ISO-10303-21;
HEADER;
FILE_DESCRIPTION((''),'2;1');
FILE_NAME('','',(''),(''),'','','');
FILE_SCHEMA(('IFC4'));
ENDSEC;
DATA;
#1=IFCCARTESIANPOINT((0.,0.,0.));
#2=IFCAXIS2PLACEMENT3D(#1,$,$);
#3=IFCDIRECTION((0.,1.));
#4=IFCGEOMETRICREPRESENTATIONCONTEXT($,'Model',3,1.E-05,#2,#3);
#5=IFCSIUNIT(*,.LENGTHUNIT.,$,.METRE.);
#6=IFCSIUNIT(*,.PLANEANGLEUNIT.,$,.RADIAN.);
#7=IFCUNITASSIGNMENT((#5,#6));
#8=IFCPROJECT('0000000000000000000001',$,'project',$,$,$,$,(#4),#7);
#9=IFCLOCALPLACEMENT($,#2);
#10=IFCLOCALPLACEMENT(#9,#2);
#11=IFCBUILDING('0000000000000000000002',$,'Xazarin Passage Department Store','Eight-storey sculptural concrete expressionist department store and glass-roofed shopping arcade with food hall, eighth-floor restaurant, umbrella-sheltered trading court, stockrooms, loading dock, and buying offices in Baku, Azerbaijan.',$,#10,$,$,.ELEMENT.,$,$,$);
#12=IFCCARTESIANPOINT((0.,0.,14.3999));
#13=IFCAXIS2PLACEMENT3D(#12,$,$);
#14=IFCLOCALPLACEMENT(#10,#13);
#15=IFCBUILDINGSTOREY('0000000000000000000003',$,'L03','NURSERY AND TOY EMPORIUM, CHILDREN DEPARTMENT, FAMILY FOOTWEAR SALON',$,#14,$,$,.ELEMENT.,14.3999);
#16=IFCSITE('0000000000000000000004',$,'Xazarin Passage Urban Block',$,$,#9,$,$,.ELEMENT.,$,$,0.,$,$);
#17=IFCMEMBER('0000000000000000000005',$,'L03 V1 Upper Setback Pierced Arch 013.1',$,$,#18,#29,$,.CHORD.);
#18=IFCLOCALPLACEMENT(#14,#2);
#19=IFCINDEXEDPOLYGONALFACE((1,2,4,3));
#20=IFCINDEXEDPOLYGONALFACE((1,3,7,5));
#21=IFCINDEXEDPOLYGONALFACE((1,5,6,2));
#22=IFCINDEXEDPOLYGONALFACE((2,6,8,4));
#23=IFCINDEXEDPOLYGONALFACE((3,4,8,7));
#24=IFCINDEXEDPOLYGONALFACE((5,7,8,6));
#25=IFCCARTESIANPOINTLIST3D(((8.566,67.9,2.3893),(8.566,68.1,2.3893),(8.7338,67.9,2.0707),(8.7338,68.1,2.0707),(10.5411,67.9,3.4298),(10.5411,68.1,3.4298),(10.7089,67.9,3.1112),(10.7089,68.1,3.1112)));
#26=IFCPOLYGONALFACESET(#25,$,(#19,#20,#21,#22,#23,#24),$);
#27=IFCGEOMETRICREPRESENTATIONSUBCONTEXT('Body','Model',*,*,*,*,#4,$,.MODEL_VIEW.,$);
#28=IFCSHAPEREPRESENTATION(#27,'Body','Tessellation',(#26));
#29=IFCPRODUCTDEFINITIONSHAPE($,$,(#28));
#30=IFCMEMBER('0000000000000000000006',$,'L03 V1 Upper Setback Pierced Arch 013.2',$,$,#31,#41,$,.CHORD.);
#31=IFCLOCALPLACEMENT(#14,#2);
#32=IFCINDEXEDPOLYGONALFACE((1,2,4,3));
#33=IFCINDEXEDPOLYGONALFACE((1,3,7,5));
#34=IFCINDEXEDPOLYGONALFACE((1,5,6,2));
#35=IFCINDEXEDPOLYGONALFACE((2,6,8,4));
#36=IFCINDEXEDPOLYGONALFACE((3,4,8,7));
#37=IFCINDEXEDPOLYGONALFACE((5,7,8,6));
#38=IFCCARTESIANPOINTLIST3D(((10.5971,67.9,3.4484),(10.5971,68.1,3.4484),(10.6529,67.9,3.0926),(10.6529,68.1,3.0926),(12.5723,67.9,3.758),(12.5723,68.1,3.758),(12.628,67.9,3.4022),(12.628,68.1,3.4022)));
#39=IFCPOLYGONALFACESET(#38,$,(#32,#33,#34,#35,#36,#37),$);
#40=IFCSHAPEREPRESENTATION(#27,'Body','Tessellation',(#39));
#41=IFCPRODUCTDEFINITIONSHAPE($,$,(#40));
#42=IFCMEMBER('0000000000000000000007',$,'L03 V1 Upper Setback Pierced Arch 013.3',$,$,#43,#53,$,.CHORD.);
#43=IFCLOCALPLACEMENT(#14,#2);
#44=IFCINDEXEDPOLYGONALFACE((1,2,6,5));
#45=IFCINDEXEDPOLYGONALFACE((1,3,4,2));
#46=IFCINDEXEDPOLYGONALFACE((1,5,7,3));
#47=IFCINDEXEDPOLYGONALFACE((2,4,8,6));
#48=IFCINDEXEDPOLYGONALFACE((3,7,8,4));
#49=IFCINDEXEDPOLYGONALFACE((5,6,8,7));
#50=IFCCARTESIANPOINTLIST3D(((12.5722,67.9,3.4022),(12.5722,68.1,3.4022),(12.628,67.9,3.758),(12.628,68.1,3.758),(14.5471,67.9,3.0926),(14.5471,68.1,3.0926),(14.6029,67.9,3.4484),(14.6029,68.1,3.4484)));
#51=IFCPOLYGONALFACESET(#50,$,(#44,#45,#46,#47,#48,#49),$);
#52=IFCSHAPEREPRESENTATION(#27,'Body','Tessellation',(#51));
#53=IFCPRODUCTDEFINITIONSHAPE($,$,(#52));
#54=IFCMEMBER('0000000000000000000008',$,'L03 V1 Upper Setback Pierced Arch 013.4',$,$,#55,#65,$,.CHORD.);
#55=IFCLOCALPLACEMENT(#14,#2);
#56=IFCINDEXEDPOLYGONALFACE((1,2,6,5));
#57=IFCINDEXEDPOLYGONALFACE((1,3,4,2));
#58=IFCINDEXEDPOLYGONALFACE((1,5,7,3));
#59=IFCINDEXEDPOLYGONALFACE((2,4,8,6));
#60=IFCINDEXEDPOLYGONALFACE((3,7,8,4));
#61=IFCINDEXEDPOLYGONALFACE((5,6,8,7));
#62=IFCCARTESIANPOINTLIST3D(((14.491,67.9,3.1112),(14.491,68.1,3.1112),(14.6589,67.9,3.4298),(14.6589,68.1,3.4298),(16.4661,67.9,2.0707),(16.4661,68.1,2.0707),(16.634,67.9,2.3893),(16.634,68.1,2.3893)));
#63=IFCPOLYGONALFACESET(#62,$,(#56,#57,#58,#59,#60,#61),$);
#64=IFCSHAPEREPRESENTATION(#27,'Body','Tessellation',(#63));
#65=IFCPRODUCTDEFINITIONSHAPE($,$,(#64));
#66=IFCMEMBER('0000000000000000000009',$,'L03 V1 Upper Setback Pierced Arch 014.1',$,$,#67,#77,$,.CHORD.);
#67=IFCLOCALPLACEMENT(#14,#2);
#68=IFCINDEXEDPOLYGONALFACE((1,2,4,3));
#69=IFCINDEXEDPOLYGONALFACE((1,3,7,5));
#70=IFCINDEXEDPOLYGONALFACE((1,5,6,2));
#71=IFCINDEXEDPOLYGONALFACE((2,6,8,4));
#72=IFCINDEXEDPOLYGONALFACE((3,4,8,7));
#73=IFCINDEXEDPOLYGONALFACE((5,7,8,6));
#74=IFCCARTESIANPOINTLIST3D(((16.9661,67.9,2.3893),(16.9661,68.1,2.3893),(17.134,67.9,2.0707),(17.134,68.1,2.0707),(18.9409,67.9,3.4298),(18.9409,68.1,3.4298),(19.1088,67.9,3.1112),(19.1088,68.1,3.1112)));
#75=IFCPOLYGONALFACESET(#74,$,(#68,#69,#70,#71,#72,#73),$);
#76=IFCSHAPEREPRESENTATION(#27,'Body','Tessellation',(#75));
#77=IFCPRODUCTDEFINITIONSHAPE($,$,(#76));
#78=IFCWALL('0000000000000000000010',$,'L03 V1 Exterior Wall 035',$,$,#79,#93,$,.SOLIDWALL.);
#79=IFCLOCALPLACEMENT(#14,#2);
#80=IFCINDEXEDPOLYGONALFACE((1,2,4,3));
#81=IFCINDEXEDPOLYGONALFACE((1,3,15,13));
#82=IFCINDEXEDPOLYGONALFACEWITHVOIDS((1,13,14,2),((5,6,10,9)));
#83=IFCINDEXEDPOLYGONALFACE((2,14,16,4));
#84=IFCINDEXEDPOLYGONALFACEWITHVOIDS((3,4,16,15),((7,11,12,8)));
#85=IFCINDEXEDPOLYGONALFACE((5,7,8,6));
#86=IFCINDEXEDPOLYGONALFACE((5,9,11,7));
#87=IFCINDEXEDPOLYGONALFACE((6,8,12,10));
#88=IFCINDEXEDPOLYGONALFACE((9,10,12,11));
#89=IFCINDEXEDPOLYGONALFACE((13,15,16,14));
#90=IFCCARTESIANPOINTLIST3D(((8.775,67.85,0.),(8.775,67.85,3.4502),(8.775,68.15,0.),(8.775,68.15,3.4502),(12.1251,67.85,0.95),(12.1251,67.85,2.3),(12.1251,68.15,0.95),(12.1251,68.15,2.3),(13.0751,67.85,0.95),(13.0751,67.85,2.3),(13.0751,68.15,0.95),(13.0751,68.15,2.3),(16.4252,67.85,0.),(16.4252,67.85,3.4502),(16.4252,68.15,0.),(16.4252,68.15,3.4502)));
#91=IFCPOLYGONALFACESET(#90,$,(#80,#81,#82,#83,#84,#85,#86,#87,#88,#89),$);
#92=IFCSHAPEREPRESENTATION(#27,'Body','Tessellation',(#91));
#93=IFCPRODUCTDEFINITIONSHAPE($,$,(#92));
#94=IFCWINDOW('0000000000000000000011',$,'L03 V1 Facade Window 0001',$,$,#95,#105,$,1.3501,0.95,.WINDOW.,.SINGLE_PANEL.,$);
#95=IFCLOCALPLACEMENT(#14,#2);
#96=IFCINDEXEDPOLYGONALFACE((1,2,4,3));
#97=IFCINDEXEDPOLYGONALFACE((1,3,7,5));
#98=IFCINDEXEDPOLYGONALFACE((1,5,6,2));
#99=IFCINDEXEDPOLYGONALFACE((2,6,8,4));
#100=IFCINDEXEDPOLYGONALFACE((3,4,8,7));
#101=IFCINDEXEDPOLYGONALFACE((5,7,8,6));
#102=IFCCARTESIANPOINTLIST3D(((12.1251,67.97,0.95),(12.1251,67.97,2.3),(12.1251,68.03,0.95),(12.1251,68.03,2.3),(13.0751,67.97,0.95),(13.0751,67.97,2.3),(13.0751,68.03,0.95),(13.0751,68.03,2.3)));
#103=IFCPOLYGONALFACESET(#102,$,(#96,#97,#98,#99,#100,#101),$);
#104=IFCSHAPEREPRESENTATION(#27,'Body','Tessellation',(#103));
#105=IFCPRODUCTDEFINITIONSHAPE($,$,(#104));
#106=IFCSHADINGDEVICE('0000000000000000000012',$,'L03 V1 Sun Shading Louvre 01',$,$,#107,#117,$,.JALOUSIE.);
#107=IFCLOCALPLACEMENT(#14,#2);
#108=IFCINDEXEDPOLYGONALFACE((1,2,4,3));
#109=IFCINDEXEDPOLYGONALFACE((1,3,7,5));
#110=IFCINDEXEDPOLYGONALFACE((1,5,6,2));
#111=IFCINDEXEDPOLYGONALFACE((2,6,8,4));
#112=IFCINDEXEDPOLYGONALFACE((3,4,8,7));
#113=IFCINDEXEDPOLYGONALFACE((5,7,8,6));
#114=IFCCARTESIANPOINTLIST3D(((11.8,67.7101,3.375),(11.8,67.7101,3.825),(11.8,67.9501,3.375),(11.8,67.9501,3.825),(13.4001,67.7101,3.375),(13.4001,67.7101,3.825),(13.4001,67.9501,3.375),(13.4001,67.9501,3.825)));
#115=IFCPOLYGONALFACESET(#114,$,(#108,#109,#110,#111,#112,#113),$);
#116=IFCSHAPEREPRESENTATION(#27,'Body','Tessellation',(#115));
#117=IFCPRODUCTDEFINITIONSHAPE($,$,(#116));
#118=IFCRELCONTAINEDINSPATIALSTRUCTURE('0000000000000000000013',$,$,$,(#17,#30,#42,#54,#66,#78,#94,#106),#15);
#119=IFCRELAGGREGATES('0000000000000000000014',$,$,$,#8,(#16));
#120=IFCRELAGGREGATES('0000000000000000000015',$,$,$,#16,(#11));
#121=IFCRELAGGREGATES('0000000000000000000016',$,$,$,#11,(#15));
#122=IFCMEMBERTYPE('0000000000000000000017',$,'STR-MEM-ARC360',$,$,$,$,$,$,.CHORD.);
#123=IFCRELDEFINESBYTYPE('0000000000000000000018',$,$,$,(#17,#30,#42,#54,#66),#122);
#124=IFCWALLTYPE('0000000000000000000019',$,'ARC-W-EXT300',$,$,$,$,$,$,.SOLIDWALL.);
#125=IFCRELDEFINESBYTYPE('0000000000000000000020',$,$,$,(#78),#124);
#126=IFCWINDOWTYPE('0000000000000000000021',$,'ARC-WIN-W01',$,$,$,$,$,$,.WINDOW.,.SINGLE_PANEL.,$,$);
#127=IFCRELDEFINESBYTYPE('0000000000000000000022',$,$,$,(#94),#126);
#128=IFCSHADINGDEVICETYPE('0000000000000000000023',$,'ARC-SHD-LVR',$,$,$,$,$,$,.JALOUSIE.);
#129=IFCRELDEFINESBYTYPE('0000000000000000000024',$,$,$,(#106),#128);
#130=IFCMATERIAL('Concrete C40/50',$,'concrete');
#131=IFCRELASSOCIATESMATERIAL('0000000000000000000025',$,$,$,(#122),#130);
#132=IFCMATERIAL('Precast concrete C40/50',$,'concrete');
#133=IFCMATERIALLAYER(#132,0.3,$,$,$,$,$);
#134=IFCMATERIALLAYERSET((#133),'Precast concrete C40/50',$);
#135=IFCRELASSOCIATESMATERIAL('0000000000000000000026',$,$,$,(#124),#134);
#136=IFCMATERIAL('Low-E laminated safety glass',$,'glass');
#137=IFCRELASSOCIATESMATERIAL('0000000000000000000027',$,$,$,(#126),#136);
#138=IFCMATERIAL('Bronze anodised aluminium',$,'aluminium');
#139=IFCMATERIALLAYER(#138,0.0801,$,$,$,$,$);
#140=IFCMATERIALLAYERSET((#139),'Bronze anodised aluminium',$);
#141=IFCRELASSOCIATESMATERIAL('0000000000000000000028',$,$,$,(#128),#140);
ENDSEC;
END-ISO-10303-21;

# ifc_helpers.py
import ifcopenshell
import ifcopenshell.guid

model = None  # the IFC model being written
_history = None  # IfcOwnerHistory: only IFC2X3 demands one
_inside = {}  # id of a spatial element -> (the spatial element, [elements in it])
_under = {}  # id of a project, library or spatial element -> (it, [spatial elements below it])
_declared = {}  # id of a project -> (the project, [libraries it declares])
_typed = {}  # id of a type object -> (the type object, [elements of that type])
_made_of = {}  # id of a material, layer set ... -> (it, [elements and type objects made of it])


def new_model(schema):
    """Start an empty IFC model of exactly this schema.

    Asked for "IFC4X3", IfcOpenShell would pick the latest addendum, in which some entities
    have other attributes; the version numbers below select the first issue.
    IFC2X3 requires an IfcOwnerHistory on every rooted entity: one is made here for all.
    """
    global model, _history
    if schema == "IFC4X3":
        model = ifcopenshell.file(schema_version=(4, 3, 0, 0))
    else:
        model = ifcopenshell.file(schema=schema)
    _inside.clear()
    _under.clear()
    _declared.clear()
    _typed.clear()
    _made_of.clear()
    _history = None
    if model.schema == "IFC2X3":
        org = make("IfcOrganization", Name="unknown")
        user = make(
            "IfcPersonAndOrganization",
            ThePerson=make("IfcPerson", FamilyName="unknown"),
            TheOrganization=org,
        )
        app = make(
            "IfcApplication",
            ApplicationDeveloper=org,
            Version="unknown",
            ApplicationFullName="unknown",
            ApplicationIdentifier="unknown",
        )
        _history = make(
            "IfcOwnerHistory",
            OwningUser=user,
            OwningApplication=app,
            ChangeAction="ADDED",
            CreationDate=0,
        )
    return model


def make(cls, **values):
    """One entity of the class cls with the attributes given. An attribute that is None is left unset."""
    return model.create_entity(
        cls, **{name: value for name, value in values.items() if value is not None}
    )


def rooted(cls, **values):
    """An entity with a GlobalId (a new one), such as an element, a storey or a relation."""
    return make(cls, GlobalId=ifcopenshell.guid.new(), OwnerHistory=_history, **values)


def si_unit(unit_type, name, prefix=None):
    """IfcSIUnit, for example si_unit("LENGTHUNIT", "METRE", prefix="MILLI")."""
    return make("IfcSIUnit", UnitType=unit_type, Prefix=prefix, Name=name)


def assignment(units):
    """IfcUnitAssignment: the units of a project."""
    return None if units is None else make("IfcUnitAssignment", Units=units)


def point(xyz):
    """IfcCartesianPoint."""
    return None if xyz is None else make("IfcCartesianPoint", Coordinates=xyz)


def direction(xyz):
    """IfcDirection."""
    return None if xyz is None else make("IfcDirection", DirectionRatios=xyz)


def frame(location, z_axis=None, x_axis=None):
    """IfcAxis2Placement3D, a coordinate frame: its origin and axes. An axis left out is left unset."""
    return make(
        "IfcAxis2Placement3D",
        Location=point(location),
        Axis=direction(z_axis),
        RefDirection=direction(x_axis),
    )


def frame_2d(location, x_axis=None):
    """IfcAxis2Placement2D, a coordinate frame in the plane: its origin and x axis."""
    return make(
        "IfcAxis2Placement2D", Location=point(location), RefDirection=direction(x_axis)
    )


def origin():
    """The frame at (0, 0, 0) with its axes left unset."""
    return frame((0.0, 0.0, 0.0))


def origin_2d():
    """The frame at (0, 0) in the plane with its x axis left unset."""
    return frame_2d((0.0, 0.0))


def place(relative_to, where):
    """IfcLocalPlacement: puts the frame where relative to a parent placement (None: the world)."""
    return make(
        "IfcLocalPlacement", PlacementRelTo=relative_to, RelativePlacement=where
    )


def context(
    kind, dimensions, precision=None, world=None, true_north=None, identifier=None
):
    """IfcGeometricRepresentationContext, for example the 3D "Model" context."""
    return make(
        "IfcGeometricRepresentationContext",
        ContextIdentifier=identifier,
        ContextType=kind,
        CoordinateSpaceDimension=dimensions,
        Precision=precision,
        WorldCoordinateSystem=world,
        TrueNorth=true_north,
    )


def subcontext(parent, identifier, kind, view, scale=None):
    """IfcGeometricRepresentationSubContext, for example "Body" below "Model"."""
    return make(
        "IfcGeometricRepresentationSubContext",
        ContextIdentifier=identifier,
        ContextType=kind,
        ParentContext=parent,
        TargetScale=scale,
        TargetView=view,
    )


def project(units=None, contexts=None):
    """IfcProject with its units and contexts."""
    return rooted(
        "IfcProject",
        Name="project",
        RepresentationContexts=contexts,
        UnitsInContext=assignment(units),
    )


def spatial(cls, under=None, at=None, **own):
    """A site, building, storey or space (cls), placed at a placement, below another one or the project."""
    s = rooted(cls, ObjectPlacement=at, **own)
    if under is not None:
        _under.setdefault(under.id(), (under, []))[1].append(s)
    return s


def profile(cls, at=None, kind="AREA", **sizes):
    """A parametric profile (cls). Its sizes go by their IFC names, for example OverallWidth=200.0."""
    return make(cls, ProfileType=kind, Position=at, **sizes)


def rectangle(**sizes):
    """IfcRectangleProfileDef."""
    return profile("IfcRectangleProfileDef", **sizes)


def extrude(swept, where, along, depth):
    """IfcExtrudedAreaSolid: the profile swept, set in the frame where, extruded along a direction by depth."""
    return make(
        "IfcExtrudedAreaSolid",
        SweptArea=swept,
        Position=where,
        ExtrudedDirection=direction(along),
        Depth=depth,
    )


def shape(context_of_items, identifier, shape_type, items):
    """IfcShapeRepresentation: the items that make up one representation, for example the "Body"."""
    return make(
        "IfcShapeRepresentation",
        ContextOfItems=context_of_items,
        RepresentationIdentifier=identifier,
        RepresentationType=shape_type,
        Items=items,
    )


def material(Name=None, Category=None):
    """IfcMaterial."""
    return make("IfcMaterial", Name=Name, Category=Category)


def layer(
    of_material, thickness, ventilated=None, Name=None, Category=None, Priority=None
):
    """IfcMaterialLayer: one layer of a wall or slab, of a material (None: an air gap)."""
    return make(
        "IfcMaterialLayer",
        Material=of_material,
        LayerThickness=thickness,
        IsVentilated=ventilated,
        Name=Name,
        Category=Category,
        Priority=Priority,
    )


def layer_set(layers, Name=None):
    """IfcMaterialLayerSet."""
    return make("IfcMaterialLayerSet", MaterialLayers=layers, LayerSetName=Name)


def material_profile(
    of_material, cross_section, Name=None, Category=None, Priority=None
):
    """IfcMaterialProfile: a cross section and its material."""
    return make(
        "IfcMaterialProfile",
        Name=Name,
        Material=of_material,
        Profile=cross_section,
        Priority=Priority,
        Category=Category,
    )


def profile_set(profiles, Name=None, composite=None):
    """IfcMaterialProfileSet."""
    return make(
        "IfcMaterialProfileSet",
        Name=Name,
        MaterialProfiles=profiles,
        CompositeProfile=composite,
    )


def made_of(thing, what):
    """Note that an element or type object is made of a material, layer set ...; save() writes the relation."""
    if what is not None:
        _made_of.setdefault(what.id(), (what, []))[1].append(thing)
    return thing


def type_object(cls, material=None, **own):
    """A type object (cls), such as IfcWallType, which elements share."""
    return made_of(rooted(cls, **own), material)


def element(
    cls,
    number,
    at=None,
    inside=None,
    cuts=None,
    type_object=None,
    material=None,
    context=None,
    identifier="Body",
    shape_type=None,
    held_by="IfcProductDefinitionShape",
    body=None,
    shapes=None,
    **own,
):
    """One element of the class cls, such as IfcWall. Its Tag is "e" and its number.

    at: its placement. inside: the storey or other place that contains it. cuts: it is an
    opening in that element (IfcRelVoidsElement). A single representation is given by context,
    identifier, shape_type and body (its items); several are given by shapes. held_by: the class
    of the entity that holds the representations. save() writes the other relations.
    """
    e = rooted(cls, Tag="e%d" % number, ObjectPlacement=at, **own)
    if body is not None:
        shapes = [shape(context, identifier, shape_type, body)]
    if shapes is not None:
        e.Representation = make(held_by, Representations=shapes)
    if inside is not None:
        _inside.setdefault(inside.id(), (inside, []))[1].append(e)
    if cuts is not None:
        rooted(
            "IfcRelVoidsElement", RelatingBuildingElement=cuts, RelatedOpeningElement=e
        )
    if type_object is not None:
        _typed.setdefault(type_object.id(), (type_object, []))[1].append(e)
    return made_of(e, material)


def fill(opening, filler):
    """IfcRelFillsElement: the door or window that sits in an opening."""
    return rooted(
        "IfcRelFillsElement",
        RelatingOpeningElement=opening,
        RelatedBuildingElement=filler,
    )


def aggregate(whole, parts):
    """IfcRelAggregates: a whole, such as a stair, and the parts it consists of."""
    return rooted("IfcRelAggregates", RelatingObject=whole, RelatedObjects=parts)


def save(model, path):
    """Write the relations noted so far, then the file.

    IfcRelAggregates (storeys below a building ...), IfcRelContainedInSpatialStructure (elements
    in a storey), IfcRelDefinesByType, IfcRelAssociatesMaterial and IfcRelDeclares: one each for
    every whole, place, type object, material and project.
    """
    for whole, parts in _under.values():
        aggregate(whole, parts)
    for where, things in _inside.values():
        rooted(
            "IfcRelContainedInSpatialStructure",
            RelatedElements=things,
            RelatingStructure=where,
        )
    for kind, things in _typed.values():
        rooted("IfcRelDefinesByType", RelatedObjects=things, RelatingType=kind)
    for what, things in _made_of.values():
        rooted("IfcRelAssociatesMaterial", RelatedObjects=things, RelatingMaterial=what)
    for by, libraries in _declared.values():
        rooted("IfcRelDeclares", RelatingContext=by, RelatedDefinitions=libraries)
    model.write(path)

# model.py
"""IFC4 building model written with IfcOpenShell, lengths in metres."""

from ifc_helpers import new_model, si_unit, direction, frame, frame_2d, origin, origin_2d, place, context, subcontext, project, spatial, rectangle, extrude, material, layer, layer_set, material_profile, profile_set, type_object, element, fill, save


model = new_model("IFC4")

# Units and contexts
model_context = context("Model", 3, precision=1e-05, world=origin(), true_north=direction((0.0, 1.0)))
body_context = subcontext(model_context, "Body", "Model", "MODEL_VIEW")
ifc_project = project(units=[si_unit("LENGTHUNIT", "METRE"), si_unit("PLANEANGLEUNIT", "RADIAN")], contexts=[model_context])

# Site, building, storey
site_placement = place(None, origin())
site = spatial("IfcSite", under=ifc_project, at=site_placement, Name="Xazarin Passage Urban Block", CompositionType="ELEMENT", RefElevation=0.0)
building_placement = place(site_placement, origin())
building = spatial("IfcBuilding", under=site, at=building_placement, Name="Xazarin Passage Department Store", Description="Eight-storey sculptural concrete expressionist department store and glass-roofed shopping arcade with food hall, eighth-floor restaurant, umbrella-sheltered trading court, stockrooms, loading dock, and buying offices in Baku, Azerbaijan.", CompositionType="ELEMENT")
storey_placement = place(building_placement, frame((0.0, 0.0, 14.3999)))
storey = spatial("IfcBuildingStorey", under=building, at=storey_placement, Name="L03", Description="NURSERY AND TOY EMPORIUM, CHILDREN DEPARTMENT, FAMILY FOOTWEAR SALON", CompositionType="ELEMENT", Elevation=14.3999)

# Shared definitions
ifc_material_1 = material(Name="Concrete C40/50", Category="concrete")

# Shared definitions
ifc_material_2 = material(Name="Bronze anodised aluminium", Category="aluminium")

# Members
ifc_material_profile_1 = material_profile(ifc_material_1, rectangle(XDim=0.2, YDim=0.3601, at=origin_2d()), Name="RC 200x360")
ifc_profile_set_1 = profile_set([ifc_material_profile_1], Name="Concrete C40/50")
member_type_1 = type_object("IfcMemberType", Name="STR-MEM-ARC360", PredefinedType="CHORD", material=ifc_profile_set_1)
member_1_placement = place(storey_placement, frame((8.6499, 68.0, 2.23), z_axis=(0.884733, 0.0, 0.466098), x_axis=(0.0, 1.0, 0.0)))
element("IfcMember", 1, at=member_1_placement, inside=storey, type_object=member_type_1, Name="L03 V1 Upper Setback Pierced Arch 013.1", PredefinedType="CHORD", context=body_context, shape_type="SweptSolid", body=[
    extrude(rectangle(XDim=0.2, YDim=0.3601, at=origin_2d()), origin(), (0.0, 0.0, 1.0), 2.2324),
])
member_2_placement = place(storey_placement, frame((10.625, 68.0, 3.2705), z_axis=(0.987939, 0.0, 0.154846), x_axis=(0.0, 1.0, 0.0)))
element("IfcMember", 2, at=member_2_placement, inside=storey, type_object=member_type_1, Name="L03 V1 Upper Setback Pierced Arch 013.2", PredefinedType="CHORD", context=body_context, shape_type="SweptSolid", body=[
    extrude(rectangle(XDim=0.2, YDim=0.3601, at=origin_2d()), origin(), (0.0, 0.0, 1.0), 1.9993),
])
member_3_placement = place(storey_placement, frame((12.6001, 68.0, 3.5801), z_axis=(0.987936, 0.0, -0.154865), x_axis=(0.0, 1.0, 0.0)))
element("IfcMember", 3, at=member_3_placement, inside=storey, type_object=member_type_1, Name="L03 V1 Upper Setback Pierced Arch 013.3", PredefinedType="CHORD", context=body_context, shape_type="SweptSolid", body=[
    extrude(rectangle(XDim=0.2, YDim=0.3601, at=origin_2d()), origin(), (0.0, 0.0, 1.0), 1.999),
])
member_4_placement = place(storey_placement, frame((14.575, 68.0, 3.2705), z_axis=(0.884733, 0.0, -0.466098), x_axis=(0.0, 1.0, 0.0)))
element("IfcMember", 4, at=member_4_placement, inside=storey, type_object=member_type_1, Name="L03 V1 Upper Setback Pierced Arch 013.4", PredefinedType="CHORD", context=body_context, shape_type="SweptSolid", body=[
    extrude(rectangle(XDim=0.2, YDim=0.3601, at=origin_2d()), origin(), (0.0, 0.0, 1.0), 2.2324),
])
member_5_placement = place(storey_placement, frame((17.05, 68.0, 2.23), z_axis=(0.884709, 0.0, 0.466143), x_axis=(0.0, 1.0, 0.0)))
element("IfcMember", 5, at=member_5_placement, inside=storey, type_object=member_type_1, Name="L03 V1 Upper Setback Pierced Arch 014.1", PredefinedType="CHORD", context=body_context, shape_type="SweptSolid", body=[
    extrude(rectangle(XDim=0.2, YDim=0.3601, at=origin_2d()), origin(), (0.0, 0.0, 1.0), 2.2322),
])

# Wall, opening, window
ifc_material_3 = material(Name="Precast concrete C40/50", Category="concrete")
ifc_layer_1 = layer(ifc_material_3, 0.3)
ifc_layer_set_1 = layer_set([ifc_layer_1], Name="Precast concrete C40/50")
wall_type = type_object("IfcWallType", Name="ARC-W-EXT300", PredefinedType="SOLIDWALL", material=ifc_layer_set_1)
wall_placement = place(storey_placement, frame((8.7749, 68.0, 0.0), z_axis=(0.0, 0.0, 1.0), x_axis=(1.0, 0.0, 0.0)))
wall = element("IfcWall", 6, at=wall_placement, inside=storey, type_object=wall_type, Name="L03 V1 Exterior Wall 035", PredefinedType="SOLIDWALL", context=body_context, shape_type="SweptSolid", body=[
    extrude(rectangle(XDim=7.6501, YDim=0.3, at=frame_2d((3.8252, 0.0))), origin(), (0.0, 0.0, 1.0), 3.4502),
])
opening_placement = place(wall_placement, frame((3.3501, 0.0, 0.95)))
opening = element("IfcOpeningElement", 7, at=opening_placement, cuts=wall, PredefinedType="OPENING", context=body_context, shape_type="SweptSolid", body=[
    extrude(rectangle(XDim=0.95, YDim=1.3501, at=frame_2d((0.4751, 0.675))), frame((0.0, 0.1599, 0.0), z_axis=(0.0, -1.0, 0.0), x_axis=(1.0, 0.0, 0.0)), (0.0, 0.0, 1.0), 0.3201),
])
ifc_material_4 = material(Name="Low-E laminated safety glass", Category="glass")
window_type = type_object("IfcWindowType", Name="ARC-WIN-W01", PartitioningType="SINGLE_PANEL", PredefinedType="WINDOW", material=ifc_material_4)
window_placement = place(opening_placement, origin())
window = element("IfcWindow", 8, at=window_placement, inside=storey, type_object=window_type, Name="L03 V1 Facade Window 0001", OverallHeight=1.3501, OverallWidth=0.95, PartitioningType="SINGLE_PANEL", PredefinedType="WINDOW", context=body_context, shape_type="SweptSolid", body=[
    extrude(rectangle(XDim=0.95, YDim=1.3501, at=frame_2d((0.4751, 0.675))), frame((0.0, 0.03, 0.0), z_axis=(0.0, -1.0, 0.0), x_axis=(1.0, 0.0, 0.0)), (0.0, 0.0, 1.0), 0.0601),
])
fill(opening, window)

# Shading device
ifc_layer_2 = layer(ifc_material_2, 0.0801)
ifc_layer_set_2 = layer_set([ifc_layer_2], Name="Bronze anodised aluminium")
shading_device_type = type_object("IfcShadingDeviceType", Name="ARC-SHD-LVR", PredefinedType="JALOUSIE", material=ifc_layer_set_2)
shading_device_placement = place(storey_placement, frame((12.6001, 67.8301, 3.375), z_axis=(0.0, 0.0, 1.0), x_axis=(1.0, 0.0, 0.0)))
element("IfcShadingDevice", 9, at=shading_device_placement, inside=storey, type_object=shading_device_type, Name="L03 V1 Sun Shading Louvre 01", PredefinedType="JALOUSIE", context=body_context, shape_type="SweptSolid", body=[
    extrude(rectangle(XDim=1.6001, YDim=0.24, at=origin_2d()), origin(), (0.0, 0.0, 1.0), 0.45),
])

save(model, "model.ifc")
